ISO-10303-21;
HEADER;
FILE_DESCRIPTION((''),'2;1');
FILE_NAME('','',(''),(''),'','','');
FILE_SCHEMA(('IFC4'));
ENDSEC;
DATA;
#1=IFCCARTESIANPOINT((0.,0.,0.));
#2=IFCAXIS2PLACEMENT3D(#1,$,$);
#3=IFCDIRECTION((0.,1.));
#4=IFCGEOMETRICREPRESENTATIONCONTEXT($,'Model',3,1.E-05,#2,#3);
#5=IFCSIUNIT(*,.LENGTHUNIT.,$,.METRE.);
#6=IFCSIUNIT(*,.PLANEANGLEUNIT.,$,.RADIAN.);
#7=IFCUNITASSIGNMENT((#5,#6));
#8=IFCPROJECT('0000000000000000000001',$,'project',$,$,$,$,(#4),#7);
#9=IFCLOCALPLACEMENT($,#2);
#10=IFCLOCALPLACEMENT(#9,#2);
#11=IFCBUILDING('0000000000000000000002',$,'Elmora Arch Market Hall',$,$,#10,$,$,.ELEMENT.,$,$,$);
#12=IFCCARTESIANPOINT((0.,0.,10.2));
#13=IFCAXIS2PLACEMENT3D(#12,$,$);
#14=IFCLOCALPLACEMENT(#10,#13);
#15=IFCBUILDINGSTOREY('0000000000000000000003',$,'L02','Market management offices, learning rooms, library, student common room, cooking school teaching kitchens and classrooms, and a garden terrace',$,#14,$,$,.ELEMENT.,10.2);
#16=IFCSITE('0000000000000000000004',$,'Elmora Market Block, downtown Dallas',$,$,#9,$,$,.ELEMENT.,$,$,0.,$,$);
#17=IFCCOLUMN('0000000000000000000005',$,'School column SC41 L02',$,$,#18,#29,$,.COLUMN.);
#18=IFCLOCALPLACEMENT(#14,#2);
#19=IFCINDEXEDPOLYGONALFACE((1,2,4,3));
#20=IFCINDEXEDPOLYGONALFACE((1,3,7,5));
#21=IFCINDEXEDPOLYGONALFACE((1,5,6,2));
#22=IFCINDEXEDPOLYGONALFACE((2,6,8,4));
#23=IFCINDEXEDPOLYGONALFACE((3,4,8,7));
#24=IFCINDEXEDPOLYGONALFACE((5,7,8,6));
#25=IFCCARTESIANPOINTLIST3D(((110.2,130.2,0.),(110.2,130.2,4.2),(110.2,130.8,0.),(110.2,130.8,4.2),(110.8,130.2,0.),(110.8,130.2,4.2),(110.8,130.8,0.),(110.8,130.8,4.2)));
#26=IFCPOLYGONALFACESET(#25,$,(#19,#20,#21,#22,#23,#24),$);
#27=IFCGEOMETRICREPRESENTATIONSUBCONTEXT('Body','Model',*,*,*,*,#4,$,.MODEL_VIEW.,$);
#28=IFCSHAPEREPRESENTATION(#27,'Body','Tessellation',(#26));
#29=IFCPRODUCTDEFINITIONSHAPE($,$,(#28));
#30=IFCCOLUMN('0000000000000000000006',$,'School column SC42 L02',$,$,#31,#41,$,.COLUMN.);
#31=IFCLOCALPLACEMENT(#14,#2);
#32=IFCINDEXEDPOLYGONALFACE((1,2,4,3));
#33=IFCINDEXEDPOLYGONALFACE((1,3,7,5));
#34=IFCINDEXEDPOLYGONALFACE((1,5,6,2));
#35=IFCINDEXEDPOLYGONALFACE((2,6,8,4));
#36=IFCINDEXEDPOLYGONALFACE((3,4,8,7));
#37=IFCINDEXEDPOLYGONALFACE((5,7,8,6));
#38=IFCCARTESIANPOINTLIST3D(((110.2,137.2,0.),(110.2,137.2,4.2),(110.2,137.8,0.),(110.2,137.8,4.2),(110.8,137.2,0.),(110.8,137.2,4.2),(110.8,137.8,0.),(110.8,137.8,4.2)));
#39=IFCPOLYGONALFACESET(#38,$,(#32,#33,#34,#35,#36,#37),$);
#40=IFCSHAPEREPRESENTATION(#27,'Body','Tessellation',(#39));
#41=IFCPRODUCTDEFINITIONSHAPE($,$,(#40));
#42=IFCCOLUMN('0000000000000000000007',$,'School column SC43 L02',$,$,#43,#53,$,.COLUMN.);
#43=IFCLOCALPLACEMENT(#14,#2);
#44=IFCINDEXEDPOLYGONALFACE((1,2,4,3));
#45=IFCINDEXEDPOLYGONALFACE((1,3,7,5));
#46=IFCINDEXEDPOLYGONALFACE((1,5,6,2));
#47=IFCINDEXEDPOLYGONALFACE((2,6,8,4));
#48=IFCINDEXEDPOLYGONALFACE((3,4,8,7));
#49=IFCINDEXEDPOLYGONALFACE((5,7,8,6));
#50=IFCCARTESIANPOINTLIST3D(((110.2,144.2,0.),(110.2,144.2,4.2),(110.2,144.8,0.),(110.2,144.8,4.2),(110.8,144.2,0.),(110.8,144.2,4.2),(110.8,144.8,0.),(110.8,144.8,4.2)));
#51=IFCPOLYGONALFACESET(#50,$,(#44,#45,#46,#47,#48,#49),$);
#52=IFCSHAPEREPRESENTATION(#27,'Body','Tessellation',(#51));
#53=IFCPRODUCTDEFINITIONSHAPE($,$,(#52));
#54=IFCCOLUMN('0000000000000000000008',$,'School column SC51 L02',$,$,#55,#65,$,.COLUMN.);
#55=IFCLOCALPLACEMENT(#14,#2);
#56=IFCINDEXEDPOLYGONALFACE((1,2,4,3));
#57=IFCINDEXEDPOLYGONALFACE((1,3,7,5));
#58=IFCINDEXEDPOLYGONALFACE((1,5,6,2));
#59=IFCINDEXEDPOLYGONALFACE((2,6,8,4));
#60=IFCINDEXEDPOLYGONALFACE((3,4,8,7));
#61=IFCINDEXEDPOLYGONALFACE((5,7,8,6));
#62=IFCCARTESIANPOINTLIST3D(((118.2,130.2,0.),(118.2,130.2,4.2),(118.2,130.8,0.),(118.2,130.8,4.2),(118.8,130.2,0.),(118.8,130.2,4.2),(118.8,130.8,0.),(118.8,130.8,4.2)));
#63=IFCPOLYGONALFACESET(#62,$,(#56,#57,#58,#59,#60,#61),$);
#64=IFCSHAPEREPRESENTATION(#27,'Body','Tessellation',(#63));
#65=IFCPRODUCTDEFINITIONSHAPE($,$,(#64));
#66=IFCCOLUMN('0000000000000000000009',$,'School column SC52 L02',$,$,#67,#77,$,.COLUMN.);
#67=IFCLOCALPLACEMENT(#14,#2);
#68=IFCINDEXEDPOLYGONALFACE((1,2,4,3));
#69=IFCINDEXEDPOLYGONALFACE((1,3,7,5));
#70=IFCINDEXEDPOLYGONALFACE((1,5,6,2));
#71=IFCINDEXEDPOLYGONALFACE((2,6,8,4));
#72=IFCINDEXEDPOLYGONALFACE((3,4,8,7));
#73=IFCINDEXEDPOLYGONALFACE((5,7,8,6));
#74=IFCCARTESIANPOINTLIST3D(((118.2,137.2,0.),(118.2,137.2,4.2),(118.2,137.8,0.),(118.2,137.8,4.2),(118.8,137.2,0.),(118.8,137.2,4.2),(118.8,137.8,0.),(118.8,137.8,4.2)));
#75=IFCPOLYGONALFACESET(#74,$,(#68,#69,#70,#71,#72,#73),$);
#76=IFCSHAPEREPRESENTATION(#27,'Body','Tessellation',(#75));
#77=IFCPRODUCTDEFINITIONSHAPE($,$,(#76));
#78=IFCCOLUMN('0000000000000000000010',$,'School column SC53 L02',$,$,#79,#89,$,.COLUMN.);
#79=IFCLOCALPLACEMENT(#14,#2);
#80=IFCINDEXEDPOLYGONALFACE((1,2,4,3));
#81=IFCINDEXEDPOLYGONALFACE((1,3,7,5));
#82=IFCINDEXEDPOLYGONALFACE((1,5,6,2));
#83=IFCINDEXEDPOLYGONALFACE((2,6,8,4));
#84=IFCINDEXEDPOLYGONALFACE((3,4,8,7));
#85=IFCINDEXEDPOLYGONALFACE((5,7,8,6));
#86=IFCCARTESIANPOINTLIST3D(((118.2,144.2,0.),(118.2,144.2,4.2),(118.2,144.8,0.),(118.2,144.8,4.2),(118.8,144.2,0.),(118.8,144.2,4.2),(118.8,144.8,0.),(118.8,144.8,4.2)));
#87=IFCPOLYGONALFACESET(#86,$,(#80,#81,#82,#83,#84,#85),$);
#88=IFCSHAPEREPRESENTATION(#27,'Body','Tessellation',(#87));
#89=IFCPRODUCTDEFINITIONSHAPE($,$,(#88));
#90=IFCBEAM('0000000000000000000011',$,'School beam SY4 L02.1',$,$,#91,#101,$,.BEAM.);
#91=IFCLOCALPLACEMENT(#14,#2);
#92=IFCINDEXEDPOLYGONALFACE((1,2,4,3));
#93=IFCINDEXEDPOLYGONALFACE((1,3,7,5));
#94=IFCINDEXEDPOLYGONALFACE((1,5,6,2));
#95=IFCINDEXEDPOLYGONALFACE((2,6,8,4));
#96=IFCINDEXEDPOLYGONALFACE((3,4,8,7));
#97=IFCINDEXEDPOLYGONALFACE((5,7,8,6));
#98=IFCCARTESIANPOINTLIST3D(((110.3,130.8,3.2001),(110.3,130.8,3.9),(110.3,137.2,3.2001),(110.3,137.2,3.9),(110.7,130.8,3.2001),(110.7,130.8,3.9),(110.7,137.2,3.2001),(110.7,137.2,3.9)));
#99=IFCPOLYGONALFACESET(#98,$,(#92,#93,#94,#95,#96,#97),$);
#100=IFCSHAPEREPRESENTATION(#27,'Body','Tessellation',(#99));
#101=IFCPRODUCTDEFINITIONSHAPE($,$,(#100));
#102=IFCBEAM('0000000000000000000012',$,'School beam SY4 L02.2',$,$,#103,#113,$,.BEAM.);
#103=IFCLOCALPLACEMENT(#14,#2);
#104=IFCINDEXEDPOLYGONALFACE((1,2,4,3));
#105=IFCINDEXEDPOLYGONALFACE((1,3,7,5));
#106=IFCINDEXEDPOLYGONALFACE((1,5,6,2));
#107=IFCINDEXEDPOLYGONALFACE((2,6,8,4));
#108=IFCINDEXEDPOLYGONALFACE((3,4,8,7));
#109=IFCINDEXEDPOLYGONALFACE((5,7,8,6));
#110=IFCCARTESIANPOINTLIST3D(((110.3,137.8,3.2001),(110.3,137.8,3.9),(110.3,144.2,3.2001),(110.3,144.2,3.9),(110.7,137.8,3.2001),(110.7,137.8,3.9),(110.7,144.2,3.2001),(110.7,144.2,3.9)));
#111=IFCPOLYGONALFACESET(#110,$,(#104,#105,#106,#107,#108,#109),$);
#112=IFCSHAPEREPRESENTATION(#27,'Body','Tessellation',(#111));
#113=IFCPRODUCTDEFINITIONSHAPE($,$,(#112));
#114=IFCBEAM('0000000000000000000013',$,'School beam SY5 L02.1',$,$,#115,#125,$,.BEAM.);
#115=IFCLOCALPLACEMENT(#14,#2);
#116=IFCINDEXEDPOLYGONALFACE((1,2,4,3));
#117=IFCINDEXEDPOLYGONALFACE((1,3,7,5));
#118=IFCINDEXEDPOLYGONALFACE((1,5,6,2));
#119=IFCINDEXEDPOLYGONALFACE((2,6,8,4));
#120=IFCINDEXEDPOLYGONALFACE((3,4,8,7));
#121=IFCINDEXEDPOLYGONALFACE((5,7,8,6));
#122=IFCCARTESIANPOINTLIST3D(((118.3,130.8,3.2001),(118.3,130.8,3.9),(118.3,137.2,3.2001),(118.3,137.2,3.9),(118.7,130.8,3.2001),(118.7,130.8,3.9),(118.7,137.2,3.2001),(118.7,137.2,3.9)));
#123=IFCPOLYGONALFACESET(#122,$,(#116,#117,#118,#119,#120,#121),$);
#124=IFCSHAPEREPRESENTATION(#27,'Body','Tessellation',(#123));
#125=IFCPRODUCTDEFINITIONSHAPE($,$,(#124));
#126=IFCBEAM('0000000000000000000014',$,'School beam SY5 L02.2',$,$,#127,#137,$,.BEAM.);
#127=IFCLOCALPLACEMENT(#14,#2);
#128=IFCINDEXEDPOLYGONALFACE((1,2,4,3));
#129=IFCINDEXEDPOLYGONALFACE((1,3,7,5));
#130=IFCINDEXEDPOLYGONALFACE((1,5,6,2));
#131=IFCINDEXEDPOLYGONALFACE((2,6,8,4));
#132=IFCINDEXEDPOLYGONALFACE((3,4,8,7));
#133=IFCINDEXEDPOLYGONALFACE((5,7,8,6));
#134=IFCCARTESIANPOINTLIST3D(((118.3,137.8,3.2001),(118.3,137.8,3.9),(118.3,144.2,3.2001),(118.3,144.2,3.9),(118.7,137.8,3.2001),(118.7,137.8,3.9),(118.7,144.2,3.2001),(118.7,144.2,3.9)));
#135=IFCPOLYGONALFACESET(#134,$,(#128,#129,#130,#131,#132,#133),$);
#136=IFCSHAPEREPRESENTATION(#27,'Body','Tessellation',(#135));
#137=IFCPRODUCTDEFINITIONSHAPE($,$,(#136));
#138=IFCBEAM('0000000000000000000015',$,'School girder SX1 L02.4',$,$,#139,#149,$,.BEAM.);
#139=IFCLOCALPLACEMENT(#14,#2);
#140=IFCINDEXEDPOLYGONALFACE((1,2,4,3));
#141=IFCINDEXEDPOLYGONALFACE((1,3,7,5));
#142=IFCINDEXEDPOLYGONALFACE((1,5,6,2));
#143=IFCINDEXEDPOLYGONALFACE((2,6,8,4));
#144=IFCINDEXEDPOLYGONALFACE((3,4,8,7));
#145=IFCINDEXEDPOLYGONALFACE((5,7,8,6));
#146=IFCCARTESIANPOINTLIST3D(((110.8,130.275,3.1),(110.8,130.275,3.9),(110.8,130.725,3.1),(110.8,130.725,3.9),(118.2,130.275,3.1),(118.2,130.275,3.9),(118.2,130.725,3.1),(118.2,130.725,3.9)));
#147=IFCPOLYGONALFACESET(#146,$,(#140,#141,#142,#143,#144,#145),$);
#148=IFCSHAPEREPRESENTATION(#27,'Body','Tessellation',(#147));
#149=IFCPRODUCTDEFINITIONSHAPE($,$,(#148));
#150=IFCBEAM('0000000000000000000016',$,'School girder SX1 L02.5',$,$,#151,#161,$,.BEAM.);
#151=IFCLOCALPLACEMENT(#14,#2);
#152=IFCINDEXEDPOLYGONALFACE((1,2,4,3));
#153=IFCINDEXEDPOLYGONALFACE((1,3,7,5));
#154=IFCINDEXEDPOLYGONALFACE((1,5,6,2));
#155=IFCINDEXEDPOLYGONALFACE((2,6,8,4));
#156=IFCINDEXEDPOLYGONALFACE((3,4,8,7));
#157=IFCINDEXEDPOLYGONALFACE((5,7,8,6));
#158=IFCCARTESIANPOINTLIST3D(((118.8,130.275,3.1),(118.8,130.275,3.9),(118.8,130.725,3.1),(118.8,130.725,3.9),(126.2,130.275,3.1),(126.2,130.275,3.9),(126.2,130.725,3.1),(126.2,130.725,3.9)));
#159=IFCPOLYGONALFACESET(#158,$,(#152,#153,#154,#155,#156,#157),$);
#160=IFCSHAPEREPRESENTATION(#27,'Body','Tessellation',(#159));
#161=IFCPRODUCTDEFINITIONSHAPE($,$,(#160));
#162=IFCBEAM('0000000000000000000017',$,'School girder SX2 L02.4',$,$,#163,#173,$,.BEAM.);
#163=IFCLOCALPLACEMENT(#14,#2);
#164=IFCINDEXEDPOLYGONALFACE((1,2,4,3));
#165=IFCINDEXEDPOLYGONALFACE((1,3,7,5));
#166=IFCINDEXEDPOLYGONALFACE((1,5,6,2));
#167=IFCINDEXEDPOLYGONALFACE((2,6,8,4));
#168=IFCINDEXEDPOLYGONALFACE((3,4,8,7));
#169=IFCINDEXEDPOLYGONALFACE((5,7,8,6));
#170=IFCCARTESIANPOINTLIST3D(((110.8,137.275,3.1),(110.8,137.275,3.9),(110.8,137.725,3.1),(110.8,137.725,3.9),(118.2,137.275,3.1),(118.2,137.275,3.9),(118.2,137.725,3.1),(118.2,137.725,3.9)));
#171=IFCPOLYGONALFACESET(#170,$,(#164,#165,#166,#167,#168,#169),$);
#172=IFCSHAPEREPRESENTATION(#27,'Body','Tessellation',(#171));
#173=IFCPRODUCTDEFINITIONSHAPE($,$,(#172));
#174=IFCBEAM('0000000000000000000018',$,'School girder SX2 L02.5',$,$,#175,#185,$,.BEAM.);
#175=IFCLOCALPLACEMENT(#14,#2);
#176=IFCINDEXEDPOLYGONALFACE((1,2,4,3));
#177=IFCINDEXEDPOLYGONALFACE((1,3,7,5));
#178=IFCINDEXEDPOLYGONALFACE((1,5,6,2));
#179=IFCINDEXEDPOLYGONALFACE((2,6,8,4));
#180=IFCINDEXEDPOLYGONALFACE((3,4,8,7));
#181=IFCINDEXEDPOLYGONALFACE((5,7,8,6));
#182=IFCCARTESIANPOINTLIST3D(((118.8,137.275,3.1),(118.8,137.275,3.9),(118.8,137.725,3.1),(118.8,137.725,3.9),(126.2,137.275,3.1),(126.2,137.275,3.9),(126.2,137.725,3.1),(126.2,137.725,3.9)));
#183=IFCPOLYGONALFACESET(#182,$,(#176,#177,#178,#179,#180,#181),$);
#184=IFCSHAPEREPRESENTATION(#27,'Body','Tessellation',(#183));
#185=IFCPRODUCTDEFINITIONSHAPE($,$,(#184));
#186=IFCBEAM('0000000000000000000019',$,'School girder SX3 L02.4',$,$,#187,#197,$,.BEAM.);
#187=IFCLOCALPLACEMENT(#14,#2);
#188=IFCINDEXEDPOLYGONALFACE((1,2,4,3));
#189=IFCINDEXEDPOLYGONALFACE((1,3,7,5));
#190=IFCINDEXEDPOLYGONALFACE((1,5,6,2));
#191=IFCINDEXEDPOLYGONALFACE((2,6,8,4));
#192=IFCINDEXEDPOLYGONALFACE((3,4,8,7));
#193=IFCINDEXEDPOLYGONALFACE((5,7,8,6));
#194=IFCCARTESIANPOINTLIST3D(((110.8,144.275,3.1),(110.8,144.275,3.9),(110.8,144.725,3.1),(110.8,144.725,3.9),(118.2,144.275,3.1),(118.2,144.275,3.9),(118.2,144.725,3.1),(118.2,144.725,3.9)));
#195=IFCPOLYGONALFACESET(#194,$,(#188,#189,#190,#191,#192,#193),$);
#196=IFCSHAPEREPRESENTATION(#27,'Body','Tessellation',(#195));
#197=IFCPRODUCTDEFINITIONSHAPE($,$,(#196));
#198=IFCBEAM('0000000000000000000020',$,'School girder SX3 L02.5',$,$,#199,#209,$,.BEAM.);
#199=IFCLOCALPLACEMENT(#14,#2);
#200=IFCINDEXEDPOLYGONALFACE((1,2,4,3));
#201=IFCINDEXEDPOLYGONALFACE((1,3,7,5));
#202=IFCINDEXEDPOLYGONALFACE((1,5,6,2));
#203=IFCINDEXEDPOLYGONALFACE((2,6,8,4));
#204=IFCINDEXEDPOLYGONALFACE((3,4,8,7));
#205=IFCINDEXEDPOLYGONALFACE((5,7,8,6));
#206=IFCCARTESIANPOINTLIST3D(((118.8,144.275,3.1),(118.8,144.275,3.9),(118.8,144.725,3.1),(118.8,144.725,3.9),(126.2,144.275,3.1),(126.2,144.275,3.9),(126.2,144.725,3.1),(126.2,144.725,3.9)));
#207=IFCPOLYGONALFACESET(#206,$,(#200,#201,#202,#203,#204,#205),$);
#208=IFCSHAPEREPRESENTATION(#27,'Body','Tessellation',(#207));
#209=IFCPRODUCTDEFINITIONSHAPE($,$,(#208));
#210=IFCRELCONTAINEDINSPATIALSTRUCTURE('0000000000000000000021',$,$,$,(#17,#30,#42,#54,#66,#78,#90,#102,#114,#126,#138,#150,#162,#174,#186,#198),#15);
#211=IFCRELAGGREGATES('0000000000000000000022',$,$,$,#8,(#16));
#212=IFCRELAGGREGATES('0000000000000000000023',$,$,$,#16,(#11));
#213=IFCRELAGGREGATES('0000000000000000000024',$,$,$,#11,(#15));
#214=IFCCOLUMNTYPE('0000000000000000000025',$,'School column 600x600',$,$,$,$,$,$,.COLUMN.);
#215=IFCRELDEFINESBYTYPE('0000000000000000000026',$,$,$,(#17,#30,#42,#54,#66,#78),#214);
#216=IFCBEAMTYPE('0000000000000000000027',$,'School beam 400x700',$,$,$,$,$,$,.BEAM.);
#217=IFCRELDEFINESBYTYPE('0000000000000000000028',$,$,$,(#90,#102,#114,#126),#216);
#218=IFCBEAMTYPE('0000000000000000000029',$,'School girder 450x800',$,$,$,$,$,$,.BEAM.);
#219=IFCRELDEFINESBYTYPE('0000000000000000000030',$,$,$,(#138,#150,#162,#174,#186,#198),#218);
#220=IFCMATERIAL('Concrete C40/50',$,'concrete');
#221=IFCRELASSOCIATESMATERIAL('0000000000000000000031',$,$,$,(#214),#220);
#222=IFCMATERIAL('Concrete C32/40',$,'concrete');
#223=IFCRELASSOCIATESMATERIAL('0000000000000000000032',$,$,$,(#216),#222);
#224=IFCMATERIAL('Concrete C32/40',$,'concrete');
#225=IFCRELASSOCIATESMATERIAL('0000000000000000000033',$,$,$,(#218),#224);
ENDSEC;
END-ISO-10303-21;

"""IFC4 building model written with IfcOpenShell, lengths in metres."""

from ifc_helpers import new_model, si_unit, direction, frame, origin, origin_2d, place, context, subcontext, project, spatial, rectangle, extrude, material, material_profile, profile_set, type_object, element, save


model = new_model("IFC4")

# Units and contexts
model_context = context("Model", 3, precision=1e-05, world=origin(), true_north=direction((0.0, 1.0)))
body_context = subcontext(model_context, "Body", "Model", "MODEL_VIEW")
ifc_project = project(units=[si_unit("LENGTHUNIT", "METRE"), si_unit("PLANEANGLEUNIT", "RADIAN")], contexts=[model_context])

# Site, building, storey
site_placement = place(None, origin())
site = spatial("IfcSite", under=ifc_project, at=site_placement, Name="Elmora Market Block, downtown Dallas", CompositionType="ELEMENT", RefElevation=0.0)
building_placement = place(site_placement, origin())
building = spatial("IfcBuilding", under=site, at=building_placement, Name="Elmora Arch Market Hall", CompositionType="ELEMENT")
storey_placement = place(building_placement, frame((0.0, 0.0, 10.2)))
storey = spatial("IfcBuildingStorey", under=building, at=storey_placement, Name="L02", Description="Market management offices, learning rooms, library, student common room, cooking school teaching kitchens and classrooms, and a garden terrace", CompositionType="ELEMENT", Elevation=10.2)

# Columns
ifc_material_1 = material(Name="Concrete C40/50", Category="concrete")
ifc_material_profile_1 = material_profile(ifc_material_1, rectangle(XDim=0.6001, YDim=0.6001, at=origin_2d()), Name="School column 600x600")
ifc_profile_set_1 = profile_set([ifc_material_profile_1], Name="Concrete C40/50")
column_type = type_object("IfcColumnType", Name="School column 600x600", PredefinedType="COLUMN", material=ifc_profile_set_1)
for number, where, z_axis, x_axis, name in (
    (1, (110.5, 130.5, 0.0), (0.0, 0.0, 1.0), (1.0, 0.0, 0.0), "School column SC41 L02"),
    (2, (110.5, 137.5, 0.0), (0.0, 0.0, 1.0), (1.0, 0.0, 0.0), "School column SC42 L02"),
    (3, (110.5, 144.5, 0.0), (0.0, 0.0, 1.0), (1.0, 0.0, 0.0), "School column SC43 L02"),
    (4, (118.5, 130.5, 0.0), (0.0, 0.0, 1.0), (1.0, 0.0, 0.0), "School column SC51 L02"),
    (5, (118.5, 137.5, 0.0), (0.0, 0.0, 1.0), (1.0, 0.0, 0.0), "School column SC52 L02"),
    (6, (118.5, 144.5, 0.0), (0.0, 0.0, 1.0), (1.0, 0.0, 0.0), "School column SC53 L02"),
):
    element("IfcColumn", number, at=place(storey_placement, frame(where, z_axis=z_axis, x_axis=x_axis)), inside=storey, type_object=column_type, Name=name, PredefinedType="COLUMN", context=body_context, shape_type="SweptSolid", body=[
        extrude(rectangle(XDim=0.6001, YDim=0.6001, at=origin_2d()), origin(), (0.0, 0.0, 1.0), 4.2),
    ])

# Beams
ifc_material_2 = material(Name="Concrete C32/40", Category="concrete")
ifc_material_profile_2 = material_profile(ifc_material_2, rectangle(XDim=0.3999, YDim=0.7, at=origin_2d()), Name="School beam 400x700")
ifc_profile_set_2 = profile_set([ifc_material_profile_2], Name="Concrete C32/40")
beam_type_1 = type_object("IfcBeamType", Name="School beam 400x700", PredefinedType="BEAM", material=ifc_profile_set_2)
for number, where, z_axis, x_axis, name in (
    (7, (110.5, 130.8, 3.55), (0.0, 1.0, 0.0), (-1.0, 0.0, 0.0), "School beam SY4 L02.1"),
    (8, (110.5, 137.8, 3.55), (0.0, 1.0, 0.0), (-1.0, 0.0, 0.0), "School beam SY4 L02.2"),
    (9, (118.5, 130.8, 3.55), (0.0, 1.0, 0.0), (-1.0, 0.0, 0.0), "School beam SY5 L02.1"),
    (10, (118.5, 137.8, 3.55), (0.0, 1.0, 0.0), (-1.0, 0.0, 0.0), "School beam SY5 L02.2"),
):
    element("IfcBeam", number, at=place(storey_placement, frame(where, z_axis=z_axis, x_axis=x_axis)), inside=storey, type_object=beam_type_1, Name=name, PredefinedType="BEAM", context=body_context, shape_type="SweptSolid", body=[
        extrude(rectangle(XDim=0.3999, YDim=0.7, at=origin_2d()), origin(), (0.0, 0.0, 1.0), 6.3999),
    ])
ifc_material_3 = material(Name="Concrete C32/40", Category="concrete")
ifc_material_profile_3 = material_profile(ifc_material_3, rectangle(XDim=0.45, YDim=0.8, at=origin_2d()), Name="School girder 450x800")
ifc_profile_set_3 = profile_set([ifc_material_profile_3], Name="Concrete C32/40")
beam_type_2 = type_object("IfcBeamType", Name="School girder 450x800", PredefinedType="BEAM", material=ifc_profile_set_3)
for number, where, z_axis, x_axis, name in (
    (11, (110.8, 130.5, 3.5), (1.0, 0.0, 0.0), (0.0, 1.0, 0.0), "School girder SX1 L02.4"),
    (12, (118.8, 130.5, 3.5), (1.0, 0.0, 0.0), (0.0, 1.0, 0.0), "School girder SX1 L02.5"),
    (13, (110.8, 137.5, 3.5), (1.0, 0.0, 0.0), (0.0, 1.0, 0.0), "School girder SX2 L02.4"),
    (14, (118.8, 137.5, 3.5), (1.0, 0.0, 0.0), (0.0, 1.0, 0.0), "School girder SX2 L02.5"),
    (15, (110.8, 144.5, 3.5), (1.0, 0.0, 0.0), (0.0, 1.0, 0.0), "School girder SX3 L02.4"),
    (16, (118.8, 144.5, 3.5), (1.0, 0.0, 0.0), (0.0, 1.0, 0.0), "School girder SX3 L02.5"),
):
    element("IfcBeam", number, at=place(storey_placement, frame(where, z_axis=z_axis, x_axis=x_axis)), inside=storey, type_object=beam_type_2, Name=name, PredefinedType="BEAM", context=body_context, shape_type="SweptSolid", body=[
        extrude(rectangle(XDim=0.45, YDim=0.8, at=origin_2d()), origin(), (0.0, 0.0, 1.0), 7.3999),
    ])

save(model, "model.ifc")
